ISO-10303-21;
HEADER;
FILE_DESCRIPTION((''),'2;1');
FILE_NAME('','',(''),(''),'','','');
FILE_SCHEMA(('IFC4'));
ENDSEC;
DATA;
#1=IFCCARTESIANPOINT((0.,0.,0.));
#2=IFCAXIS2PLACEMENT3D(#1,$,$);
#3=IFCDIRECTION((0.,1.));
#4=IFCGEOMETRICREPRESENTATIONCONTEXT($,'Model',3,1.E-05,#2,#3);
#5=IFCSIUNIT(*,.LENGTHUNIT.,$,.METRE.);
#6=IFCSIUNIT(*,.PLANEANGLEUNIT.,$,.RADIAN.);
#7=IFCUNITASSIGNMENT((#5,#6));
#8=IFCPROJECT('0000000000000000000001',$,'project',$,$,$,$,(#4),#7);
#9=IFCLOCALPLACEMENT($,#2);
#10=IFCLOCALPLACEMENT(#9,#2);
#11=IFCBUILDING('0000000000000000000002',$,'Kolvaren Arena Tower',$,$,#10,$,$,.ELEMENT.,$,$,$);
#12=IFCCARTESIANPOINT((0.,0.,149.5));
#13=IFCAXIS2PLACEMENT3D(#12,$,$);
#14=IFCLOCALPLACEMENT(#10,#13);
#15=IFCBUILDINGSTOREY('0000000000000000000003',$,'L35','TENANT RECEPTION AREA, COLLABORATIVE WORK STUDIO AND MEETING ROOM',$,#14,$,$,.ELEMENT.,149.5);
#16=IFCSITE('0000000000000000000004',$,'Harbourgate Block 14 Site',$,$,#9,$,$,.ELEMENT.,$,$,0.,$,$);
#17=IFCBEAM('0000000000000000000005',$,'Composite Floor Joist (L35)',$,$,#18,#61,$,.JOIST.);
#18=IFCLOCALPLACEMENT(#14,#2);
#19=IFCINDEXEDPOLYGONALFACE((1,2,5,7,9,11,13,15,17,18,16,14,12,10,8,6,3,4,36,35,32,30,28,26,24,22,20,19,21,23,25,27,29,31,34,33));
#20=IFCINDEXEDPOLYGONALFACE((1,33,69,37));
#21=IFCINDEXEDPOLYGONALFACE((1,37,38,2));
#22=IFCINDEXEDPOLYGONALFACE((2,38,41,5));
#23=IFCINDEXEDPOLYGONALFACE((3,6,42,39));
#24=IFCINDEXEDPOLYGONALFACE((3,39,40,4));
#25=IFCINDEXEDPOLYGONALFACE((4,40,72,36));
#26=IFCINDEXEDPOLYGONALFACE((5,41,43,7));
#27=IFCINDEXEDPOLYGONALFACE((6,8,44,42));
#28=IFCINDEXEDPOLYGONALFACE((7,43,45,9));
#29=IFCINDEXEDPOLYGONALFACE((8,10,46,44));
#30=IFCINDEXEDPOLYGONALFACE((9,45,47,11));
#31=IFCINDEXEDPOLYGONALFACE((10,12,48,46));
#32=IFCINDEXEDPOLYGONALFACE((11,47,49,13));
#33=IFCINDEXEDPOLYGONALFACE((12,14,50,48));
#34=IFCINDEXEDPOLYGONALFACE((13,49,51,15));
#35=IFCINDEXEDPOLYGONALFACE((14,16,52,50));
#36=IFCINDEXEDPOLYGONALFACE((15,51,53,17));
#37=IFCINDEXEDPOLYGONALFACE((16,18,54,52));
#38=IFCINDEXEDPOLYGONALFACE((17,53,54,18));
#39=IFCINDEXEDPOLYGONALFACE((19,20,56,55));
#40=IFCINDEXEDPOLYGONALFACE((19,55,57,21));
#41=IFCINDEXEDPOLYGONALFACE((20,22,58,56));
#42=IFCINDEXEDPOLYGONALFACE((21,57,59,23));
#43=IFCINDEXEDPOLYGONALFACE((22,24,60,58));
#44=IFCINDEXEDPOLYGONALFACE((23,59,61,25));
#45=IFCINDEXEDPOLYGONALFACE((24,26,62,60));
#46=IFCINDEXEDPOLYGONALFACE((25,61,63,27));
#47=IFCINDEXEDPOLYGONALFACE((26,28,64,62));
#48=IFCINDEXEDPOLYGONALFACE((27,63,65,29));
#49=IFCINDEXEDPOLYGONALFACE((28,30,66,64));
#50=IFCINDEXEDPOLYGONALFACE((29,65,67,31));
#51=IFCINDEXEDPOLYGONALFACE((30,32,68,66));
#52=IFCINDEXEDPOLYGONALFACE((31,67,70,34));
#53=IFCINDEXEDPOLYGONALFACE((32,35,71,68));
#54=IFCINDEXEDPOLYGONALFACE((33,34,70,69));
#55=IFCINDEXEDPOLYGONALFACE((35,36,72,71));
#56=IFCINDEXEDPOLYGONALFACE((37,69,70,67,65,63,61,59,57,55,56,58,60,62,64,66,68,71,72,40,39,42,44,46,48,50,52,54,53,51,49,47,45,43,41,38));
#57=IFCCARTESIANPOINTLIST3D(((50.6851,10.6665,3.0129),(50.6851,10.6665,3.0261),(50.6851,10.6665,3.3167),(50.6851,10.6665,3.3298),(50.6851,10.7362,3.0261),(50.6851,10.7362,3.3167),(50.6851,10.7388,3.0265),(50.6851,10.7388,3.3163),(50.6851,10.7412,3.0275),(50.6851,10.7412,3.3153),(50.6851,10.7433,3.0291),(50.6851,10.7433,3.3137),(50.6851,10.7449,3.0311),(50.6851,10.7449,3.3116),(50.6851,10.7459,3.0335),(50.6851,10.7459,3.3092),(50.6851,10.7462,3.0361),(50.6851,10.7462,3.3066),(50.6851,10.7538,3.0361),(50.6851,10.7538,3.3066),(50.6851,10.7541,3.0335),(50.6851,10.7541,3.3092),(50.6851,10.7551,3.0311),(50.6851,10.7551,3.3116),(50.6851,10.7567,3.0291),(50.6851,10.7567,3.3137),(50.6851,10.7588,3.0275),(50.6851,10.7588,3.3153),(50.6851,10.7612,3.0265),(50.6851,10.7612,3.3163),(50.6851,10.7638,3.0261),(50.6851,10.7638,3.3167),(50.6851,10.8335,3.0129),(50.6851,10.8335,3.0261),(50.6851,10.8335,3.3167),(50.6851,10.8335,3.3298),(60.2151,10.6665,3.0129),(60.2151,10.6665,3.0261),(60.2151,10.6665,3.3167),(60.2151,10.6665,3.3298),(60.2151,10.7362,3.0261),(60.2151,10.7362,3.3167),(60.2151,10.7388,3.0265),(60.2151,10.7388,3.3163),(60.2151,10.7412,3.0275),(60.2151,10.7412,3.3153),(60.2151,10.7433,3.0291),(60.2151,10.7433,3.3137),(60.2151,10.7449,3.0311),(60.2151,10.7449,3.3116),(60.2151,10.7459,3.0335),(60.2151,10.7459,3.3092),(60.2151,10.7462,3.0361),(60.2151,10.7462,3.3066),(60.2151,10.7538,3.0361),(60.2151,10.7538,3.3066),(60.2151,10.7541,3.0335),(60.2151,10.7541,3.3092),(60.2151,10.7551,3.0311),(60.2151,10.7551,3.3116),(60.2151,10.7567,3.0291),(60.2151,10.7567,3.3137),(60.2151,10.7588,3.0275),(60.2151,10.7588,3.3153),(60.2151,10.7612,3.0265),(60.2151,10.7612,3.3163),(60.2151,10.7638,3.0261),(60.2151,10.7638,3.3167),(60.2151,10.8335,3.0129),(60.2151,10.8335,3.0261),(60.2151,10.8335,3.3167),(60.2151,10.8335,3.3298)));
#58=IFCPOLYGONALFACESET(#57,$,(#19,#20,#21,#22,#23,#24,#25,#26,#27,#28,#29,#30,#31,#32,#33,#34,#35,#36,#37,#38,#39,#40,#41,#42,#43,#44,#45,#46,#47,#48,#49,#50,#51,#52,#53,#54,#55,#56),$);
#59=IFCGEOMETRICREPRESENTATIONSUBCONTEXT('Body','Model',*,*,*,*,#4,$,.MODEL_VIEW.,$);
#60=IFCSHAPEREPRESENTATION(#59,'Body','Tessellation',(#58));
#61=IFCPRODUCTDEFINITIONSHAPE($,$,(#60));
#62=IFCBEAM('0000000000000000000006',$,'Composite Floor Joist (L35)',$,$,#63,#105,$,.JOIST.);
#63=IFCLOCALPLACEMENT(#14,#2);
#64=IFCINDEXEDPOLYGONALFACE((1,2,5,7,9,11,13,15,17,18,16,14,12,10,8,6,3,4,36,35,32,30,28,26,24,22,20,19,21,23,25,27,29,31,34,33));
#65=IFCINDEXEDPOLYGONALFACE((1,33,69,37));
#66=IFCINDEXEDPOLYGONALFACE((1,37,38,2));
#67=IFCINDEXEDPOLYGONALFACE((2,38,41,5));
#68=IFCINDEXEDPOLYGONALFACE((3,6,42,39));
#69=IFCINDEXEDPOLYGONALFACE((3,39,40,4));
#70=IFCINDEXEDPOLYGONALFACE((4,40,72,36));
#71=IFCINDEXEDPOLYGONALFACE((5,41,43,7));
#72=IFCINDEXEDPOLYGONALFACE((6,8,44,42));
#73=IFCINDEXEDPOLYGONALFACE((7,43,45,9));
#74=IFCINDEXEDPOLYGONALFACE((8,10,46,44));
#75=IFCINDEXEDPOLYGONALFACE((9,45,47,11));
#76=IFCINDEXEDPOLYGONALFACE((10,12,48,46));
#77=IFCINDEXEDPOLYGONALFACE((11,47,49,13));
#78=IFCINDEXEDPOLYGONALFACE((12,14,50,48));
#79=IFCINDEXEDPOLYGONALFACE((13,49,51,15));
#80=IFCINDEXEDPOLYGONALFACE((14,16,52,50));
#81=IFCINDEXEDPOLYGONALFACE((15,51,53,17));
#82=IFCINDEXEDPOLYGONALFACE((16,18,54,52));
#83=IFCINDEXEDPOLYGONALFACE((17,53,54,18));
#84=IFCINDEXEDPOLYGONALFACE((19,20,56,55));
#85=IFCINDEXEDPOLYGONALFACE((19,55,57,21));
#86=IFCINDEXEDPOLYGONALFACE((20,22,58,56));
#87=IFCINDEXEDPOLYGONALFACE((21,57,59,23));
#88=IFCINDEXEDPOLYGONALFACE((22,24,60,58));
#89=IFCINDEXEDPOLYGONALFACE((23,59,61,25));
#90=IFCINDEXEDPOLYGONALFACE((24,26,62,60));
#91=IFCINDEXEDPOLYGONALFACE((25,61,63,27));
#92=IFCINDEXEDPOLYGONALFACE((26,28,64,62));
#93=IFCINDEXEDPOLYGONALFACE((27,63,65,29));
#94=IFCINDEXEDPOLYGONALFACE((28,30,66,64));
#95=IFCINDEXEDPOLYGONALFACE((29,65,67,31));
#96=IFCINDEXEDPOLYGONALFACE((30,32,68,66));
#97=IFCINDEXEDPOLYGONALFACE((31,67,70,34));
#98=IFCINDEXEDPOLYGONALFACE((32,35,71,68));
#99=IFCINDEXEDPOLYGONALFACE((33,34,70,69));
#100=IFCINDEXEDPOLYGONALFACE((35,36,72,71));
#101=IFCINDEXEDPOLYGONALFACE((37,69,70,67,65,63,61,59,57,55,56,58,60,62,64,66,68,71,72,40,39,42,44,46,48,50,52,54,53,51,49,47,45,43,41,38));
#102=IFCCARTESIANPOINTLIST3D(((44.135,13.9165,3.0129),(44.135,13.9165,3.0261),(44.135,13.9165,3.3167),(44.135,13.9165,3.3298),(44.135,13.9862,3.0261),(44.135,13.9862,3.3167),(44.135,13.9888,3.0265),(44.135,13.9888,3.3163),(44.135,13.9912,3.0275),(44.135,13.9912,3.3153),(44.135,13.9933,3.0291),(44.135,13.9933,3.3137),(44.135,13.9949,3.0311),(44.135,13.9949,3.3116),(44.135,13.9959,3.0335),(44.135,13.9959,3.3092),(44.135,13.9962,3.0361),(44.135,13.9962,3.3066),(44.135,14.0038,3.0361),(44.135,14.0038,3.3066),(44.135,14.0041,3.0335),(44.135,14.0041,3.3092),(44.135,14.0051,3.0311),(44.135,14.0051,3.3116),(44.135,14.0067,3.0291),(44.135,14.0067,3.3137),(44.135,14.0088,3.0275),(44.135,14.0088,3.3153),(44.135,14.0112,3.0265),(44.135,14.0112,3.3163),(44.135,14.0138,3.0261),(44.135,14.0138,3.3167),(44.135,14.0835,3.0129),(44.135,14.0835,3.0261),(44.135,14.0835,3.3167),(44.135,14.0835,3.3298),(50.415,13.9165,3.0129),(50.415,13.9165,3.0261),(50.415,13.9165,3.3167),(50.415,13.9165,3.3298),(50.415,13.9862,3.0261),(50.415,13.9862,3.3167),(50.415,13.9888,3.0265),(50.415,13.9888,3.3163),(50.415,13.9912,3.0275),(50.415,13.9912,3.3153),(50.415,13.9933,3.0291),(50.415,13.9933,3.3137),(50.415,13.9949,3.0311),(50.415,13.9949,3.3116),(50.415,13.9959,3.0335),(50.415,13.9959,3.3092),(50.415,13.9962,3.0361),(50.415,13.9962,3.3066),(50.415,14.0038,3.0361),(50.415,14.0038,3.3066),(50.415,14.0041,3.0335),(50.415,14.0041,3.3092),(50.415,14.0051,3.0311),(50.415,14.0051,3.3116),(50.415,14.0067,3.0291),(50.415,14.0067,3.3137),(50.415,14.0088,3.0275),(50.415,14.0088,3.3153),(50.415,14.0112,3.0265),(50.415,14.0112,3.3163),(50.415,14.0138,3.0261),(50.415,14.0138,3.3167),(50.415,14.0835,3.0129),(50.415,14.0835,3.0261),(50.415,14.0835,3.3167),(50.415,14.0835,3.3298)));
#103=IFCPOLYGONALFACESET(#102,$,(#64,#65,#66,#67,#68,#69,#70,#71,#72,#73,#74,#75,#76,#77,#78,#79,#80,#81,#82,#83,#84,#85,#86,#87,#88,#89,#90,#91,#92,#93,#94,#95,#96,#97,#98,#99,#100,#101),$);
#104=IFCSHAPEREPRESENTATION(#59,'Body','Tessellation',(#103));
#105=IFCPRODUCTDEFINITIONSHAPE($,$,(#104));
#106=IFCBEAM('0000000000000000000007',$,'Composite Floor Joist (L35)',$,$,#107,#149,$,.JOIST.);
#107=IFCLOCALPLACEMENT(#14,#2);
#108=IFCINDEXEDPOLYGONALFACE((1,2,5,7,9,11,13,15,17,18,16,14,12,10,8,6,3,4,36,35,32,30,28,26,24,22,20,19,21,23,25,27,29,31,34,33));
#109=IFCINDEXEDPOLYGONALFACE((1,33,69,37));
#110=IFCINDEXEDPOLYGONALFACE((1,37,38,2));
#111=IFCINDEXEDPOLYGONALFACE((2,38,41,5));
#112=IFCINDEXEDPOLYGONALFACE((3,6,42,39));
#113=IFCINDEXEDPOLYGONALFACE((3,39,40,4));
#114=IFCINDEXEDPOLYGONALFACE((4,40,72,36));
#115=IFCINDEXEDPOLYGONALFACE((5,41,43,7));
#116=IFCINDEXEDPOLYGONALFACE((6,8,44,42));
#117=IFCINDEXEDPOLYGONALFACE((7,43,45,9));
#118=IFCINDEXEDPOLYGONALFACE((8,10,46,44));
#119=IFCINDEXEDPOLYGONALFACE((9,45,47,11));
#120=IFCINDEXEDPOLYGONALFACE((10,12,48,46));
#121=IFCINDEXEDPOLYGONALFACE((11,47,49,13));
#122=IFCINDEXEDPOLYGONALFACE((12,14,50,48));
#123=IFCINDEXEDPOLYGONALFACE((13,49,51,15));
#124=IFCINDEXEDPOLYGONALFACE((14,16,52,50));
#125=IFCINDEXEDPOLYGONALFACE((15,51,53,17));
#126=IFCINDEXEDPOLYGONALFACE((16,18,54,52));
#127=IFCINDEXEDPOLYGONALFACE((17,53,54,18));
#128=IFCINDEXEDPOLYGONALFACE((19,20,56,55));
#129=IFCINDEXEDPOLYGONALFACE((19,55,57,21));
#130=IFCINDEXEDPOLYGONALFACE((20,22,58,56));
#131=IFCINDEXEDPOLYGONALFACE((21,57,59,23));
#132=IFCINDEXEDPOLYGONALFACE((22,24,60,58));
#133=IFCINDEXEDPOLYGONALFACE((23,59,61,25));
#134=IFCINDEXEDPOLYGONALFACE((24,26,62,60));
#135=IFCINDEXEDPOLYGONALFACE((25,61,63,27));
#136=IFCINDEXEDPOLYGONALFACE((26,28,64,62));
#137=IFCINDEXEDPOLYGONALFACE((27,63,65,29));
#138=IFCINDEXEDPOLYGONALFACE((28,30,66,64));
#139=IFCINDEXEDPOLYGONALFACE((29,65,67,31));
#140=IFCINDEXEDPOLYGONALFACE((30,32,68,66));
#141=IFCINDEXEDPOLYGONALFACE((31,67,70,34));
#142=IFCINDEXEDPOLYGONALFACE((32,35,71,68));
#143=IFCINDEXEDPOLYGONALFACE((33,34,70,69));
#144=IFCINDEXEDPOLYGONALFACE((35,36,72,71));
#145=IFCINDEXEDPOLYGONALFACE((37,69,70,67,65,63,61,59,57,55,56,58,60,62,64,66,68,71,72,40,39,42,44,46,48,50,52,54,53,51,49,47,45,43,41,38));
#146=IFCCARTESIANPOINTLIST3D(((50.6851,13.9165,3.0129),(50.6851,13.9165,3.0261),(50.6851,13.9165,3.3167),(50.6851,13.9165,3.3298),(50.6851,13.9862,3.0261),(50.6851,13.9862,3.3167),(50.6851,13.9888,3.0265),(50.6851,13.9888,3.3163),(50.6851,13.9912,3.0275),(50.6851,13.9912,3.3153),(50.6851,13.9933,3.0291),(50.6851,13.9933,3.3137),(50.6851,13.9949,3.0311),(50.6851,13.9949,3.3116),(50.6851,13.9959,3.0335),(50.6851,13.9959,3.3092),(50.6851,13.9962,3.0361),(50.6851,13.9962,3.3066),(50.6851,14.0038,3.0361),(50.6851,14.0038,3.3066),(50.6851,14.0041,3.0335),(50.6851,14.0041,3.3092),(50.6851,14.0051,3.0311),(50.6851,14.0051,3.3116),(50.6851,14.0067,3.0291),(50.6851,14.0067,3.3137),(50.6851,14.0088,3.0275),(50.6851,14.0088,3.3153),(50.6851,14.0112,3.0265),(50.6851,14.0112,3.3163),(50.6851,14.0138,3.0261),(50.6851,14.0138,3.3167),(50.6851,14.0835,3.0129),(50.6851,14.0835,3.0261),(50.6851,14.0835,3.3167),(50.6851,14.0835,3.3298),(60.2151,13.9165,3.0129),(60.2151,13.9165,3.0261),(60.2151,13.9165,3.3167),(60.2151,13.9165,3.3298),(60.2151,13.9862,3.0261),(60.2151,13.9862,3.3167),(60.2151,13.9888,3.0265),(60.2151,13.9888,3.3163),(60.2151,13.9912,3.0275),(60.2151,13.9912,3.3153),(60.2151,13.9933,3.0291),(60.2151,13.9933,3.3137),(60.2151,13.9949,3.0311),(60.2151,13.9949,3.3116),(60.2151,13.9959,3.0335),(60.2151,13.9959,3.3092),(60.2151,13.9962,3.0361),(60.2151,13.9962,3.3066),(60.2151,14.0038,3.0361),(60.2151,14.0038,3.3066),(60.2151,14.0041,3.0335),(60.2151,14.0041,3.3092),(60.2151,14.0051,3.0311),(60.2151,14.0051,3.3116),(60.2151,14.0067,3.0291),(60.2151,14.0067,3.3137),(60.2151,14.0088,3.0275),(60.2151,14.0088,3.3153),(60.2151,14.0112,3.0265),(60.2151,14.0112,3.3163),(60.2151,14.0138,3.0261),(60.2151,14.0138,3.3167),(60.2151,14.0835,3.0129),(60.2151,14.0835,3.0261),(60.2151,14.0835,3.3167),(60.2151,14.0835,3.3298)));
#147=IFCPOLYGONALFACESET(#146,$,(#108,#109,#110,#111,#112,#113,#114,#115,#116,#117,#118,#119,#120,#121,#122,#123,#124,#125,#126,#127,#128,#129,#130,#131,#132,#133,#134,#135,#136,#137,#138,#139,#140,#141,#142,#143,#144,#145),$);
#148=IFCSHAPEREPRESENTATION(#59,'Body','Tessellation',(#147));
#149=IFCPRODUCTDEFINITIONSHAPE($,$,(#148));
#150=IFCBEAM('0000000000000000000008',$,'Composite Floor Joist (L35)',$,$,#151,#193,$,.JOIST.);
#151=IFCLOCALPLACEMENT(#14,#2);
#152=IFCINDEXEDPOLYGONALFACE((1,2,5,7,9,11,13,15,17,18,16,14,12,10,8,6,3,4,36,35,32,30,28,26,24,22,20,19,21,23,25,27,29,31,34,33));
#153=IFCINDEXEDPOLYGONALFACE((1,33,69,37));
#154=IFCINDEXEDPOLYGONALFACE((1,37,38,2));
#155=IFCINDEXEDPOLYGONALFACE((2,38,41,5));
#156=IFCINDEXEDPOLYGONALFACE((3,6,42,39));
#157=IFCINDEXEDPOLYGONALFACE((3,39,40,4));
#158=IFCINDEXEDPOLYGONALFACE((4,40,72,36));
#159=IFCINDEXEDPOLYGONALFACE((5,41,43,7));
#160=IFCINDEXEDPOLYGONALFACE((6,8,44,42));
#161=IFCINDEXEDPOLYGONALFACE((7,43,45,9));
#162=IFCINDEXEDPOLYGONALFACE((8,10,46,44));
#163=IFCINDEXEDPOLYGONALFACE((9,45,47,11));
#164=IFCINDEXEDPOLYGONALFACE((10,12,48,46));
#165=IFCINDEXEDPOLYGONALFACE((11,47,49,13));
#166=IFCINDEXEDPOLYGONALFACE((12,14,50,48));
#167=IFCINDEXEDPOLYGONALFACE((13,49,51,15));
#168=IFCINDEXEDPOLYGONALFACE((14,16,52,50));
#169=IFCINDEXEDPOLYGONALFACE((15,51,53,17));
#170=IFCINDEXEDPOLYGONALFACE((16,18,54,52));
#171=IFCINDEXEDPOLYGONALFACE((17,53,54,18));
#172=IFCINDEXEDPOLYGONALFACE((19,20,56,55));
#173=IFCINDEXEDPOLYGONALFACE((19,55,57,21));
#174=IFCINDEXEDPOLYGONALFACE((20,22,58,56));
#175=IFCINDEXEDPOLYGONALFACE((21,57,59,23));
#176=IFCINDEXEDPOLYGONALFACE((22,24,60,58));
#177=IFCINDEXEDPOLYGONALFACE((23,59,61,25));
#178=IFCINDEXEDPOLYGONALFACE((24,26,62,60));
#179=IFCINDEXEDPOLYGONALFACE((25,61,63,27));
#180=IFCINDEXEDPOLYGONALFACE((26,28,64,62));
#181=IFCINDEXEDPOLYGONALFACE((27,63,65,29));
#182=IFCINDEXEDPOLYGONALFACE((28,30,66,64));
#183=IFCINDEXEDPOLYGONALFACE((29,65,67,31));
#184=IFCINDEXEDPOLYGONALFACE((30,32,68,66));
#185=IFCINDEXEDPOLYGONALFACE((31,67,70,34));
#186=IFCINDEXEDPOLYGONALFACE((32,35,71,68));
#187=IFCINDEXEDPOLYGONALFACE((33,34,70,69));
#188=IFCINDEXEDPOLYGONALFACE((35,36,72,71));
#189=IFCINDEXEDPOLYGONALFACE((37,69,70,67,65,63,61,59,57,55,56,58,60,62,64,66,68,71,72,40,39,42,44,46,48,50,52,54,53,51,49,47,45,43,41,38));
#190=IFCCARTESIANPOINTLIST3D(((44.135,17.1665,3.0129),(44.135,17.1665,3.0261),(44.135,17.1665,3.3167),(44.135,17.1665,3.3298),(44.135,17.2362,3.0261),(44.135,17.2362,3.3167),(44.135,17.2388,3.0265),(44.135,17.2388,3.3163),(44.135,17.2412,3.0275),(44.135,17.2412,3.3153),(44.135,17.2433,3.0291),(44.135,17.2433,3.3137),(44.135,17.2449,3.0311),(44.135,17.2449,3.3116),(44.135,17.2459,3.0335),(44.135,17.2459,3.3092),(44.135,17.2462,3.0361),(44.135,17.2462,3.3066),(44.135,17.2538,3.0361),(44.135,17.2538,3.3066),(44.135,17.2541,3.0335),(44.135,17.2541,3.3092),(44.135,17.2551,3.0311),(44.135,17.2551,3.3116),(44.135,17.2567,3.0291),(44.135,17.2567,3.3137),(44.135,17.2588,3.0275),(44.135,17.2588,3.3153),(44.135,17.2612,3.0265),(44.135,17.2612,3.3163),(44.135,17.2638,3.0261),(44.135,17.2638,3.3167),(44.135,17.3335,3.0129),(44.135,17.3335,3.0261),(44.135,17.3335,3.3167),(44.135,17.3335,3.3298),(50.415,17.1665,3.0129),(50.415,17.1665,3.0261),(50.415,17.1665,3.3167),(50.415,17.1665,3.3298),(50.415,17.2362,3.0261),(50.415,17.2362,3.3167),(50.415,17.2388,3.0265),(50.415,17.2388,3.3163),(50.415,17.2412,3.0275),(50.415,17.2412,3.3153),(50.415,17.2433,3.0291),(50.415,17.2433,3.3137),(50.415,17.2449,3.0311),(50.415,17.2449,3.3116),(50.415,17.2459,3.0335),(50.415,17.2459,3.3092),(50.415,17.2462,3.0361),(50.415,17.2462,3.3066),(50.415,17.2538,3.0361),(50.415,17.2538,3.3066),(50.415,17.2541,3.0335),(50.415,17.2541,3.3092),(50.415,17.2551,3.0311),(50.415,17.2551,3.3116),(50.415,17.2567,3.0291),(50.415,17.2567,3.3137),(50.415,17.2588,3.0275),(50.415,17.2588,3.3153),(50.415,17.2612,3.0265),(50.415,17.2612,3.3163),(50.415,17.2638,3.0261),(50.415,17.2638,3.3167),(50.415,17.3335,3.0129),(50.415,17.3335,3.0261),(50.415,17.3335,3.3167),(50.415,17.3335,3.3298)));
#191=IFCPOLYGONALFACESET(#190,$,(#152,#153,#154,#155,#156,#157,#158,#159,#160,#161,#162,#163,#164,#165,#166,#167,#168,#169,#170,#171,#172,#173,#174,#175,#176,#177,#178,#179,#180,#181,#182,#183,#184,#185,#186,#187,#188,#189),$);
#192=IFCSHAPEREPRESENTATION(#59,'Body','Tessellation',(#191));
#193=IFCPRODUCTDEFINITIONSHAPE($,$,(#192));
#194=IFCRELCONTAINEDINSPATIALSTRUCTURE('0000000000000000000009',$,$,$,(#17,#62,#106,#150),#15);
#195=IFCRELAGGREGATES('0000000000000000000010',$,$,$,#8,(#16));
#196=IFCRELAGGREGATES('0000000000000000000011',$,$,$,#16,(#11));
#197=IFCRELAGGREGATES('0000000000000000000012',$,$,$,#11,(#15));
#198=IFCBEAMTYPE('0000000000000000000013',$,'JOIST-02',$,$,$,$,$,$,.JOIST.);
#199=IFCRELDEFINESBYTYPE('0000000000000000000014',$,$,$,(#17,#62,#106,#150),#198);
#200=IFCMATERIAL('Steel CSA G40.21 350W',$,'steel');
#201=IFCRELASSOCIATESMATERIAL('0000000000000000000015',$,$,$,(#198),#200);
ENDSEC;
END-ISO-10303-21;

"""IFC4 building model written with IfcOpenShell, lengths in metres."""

from ifc_helpers import new_model, si_unit, direction, frame, origin, origin_2d, place, context, subcontext, project, spatial, i_section, extrude, material, material_profile, profile_set, type_object, element, save


model = new_model("IFC4")

# Units and contexts
model_context = context("Model", 3, precision=1e-05, world=origin(), true_north=direction((0.0, 1.0)))
body_context = subcontext(model_context, "Body", "Model", "MODEL_VIEW")
ifc_project = project(units=[si_unit("LENGTHUNIT", "METRE"), si_unit("PLANEANGLEUNIT", "RADIAN")], contexts=[model_context])

# Site, building, storey
site_placement = place(None, origin())
site = spatial("IfcSite", under=ifc_project, at=site_placement, Name="Harbourgate Block 14 Site", CompositionType="ELEMENT", RefElevation=0.0)
building_placement = place(site_placement, origin())
building = spatial("IfcBuilding", under=site, at=building_placement, Name="Kolvaren Arena Tower", CompositionType="ELEMENT")
storey_placement = place(building_placement, frame((0.0, 0.0, 149.5)))
storey = spatial("IfcBuildingStorey", under=building, at=storey_placement, Name="L35", Description="TENANT RECEPTION AREA, COLLABORATIVE WORK STUDIO AND MEETING ROOM", CompositionType="ELEMENT", Elevation=149.5)

# Beams
ifc_material_1 = material(Name="Steel CSA G40.21 350W", Category="steel")
ifc_material_profile_1 = material_profile(ifc_material_1, i_section(OverallWidth=0.167, OverallDepth=0.3169, WebThickness=0.0076, FlangeThickness=0.0132, FilletRadius=0.01, at=origin_2d()), Name="W310x52")
ifc_profile_set_1 = profile_set([ifc_material_profile_1], Name="Steel CSA G40.21 350W")
beam_type_1 = type_object("IfcBeamType", Name="JOIST-02", PredefinedType="JOIST", material=ifc_profile_set_1)
beam_1_placement = place(storey_placement, frame((50.6851, 10.75, 3.1714), z_axis=(1.0, 0.0, 0.0), x_axis=(0.0, 1.0, 0.0)))
element("IfcBeam", 1, at=beam_1_placement, inside=storey, type_object=beam_type_1, Name="Composite Floor Joist (L35)", PredefinedType="JOIST", context=body_context, shape_type="SweptSolid", body=[
    extrude(i_section(OverallWidth=0.167, OverallDepth=0.3169, WebThickness=0.0076, FlangeThickness=0.0132, FilletRadius=0.01, at=origin_2d()), origin(), (0.0, 0.0, 1.0), 9.53),
])
beam_2_placement = place(storey_placement, frame((44.135, 14.0, 3.1714), z_axis=(1.0, 0.0, 0.0), x_axis=(0.0, 1.0, 0.0)))
element("IfcBeam", 2, at=beam_2_placement, inside=storey, type_object=beam_type_1, Name="Composite Floor Joist (L35)", PredefinedType="JOIST", context=body_context, shape_type="SweptSolid", body=[
    extrude(i_section(OverallWidth=0.167, OverallDepth=0.3169, WebThickness=0.0076, FlangeThickness=0.0132, FilletRadius=0.01, at=origin_2d()), origin(), (0.0, 0.0, 1.0), 6.28),
])
beam_3_placement = place(storey_placement, frame((50.6851, 14.0, 3.1714), z_axis=(1.0, 0.0, 0.0), x_axis=(0.0, 1.0, 0.0)))
element("IfcBeam", 3, at=beam_3_placement, inside=storey, type_object=beam_type_1, Name="Composite Floor Joist (L35)", PredefinedType="JOIST", context=body_context, shape_type="SweptSolid", body=[
    extrude(i_section(OverallWidth=0.167, OverallDepth=0.3169, WebThickness=0.0076, FlangeThickness=0.0132, FilletRadius=0.01, at=origin_2d()), origin(), (0.0, 0.0, 1.0), 9.53),
])
beam_4_placement = place(storey_placement, frame((44.135, 17.25, 3.1714), z_axis=(1.0, 0.0, 0.0), x_axis=(0.0, 1.0, 0.0)))
element("IfcBeam", 4, at=beam_4_placement, inside=storey, type_object=beam_type_1, Name="Composite Floor Joist (L35)", PredefinedType="JOIST", context=body_context, shape_type="SweptSolid", body=[
    extrude(i_section(OverallWidth=0.167, OverallDepth=0.3169, WebThickness=0.0076, FlangeThickness=0.0132, FilletRadius=0.01, at=origin_2d()), origin(), (0.0, 0.0, 1.0), 6.28),
])

save(model, "model.ifc")
